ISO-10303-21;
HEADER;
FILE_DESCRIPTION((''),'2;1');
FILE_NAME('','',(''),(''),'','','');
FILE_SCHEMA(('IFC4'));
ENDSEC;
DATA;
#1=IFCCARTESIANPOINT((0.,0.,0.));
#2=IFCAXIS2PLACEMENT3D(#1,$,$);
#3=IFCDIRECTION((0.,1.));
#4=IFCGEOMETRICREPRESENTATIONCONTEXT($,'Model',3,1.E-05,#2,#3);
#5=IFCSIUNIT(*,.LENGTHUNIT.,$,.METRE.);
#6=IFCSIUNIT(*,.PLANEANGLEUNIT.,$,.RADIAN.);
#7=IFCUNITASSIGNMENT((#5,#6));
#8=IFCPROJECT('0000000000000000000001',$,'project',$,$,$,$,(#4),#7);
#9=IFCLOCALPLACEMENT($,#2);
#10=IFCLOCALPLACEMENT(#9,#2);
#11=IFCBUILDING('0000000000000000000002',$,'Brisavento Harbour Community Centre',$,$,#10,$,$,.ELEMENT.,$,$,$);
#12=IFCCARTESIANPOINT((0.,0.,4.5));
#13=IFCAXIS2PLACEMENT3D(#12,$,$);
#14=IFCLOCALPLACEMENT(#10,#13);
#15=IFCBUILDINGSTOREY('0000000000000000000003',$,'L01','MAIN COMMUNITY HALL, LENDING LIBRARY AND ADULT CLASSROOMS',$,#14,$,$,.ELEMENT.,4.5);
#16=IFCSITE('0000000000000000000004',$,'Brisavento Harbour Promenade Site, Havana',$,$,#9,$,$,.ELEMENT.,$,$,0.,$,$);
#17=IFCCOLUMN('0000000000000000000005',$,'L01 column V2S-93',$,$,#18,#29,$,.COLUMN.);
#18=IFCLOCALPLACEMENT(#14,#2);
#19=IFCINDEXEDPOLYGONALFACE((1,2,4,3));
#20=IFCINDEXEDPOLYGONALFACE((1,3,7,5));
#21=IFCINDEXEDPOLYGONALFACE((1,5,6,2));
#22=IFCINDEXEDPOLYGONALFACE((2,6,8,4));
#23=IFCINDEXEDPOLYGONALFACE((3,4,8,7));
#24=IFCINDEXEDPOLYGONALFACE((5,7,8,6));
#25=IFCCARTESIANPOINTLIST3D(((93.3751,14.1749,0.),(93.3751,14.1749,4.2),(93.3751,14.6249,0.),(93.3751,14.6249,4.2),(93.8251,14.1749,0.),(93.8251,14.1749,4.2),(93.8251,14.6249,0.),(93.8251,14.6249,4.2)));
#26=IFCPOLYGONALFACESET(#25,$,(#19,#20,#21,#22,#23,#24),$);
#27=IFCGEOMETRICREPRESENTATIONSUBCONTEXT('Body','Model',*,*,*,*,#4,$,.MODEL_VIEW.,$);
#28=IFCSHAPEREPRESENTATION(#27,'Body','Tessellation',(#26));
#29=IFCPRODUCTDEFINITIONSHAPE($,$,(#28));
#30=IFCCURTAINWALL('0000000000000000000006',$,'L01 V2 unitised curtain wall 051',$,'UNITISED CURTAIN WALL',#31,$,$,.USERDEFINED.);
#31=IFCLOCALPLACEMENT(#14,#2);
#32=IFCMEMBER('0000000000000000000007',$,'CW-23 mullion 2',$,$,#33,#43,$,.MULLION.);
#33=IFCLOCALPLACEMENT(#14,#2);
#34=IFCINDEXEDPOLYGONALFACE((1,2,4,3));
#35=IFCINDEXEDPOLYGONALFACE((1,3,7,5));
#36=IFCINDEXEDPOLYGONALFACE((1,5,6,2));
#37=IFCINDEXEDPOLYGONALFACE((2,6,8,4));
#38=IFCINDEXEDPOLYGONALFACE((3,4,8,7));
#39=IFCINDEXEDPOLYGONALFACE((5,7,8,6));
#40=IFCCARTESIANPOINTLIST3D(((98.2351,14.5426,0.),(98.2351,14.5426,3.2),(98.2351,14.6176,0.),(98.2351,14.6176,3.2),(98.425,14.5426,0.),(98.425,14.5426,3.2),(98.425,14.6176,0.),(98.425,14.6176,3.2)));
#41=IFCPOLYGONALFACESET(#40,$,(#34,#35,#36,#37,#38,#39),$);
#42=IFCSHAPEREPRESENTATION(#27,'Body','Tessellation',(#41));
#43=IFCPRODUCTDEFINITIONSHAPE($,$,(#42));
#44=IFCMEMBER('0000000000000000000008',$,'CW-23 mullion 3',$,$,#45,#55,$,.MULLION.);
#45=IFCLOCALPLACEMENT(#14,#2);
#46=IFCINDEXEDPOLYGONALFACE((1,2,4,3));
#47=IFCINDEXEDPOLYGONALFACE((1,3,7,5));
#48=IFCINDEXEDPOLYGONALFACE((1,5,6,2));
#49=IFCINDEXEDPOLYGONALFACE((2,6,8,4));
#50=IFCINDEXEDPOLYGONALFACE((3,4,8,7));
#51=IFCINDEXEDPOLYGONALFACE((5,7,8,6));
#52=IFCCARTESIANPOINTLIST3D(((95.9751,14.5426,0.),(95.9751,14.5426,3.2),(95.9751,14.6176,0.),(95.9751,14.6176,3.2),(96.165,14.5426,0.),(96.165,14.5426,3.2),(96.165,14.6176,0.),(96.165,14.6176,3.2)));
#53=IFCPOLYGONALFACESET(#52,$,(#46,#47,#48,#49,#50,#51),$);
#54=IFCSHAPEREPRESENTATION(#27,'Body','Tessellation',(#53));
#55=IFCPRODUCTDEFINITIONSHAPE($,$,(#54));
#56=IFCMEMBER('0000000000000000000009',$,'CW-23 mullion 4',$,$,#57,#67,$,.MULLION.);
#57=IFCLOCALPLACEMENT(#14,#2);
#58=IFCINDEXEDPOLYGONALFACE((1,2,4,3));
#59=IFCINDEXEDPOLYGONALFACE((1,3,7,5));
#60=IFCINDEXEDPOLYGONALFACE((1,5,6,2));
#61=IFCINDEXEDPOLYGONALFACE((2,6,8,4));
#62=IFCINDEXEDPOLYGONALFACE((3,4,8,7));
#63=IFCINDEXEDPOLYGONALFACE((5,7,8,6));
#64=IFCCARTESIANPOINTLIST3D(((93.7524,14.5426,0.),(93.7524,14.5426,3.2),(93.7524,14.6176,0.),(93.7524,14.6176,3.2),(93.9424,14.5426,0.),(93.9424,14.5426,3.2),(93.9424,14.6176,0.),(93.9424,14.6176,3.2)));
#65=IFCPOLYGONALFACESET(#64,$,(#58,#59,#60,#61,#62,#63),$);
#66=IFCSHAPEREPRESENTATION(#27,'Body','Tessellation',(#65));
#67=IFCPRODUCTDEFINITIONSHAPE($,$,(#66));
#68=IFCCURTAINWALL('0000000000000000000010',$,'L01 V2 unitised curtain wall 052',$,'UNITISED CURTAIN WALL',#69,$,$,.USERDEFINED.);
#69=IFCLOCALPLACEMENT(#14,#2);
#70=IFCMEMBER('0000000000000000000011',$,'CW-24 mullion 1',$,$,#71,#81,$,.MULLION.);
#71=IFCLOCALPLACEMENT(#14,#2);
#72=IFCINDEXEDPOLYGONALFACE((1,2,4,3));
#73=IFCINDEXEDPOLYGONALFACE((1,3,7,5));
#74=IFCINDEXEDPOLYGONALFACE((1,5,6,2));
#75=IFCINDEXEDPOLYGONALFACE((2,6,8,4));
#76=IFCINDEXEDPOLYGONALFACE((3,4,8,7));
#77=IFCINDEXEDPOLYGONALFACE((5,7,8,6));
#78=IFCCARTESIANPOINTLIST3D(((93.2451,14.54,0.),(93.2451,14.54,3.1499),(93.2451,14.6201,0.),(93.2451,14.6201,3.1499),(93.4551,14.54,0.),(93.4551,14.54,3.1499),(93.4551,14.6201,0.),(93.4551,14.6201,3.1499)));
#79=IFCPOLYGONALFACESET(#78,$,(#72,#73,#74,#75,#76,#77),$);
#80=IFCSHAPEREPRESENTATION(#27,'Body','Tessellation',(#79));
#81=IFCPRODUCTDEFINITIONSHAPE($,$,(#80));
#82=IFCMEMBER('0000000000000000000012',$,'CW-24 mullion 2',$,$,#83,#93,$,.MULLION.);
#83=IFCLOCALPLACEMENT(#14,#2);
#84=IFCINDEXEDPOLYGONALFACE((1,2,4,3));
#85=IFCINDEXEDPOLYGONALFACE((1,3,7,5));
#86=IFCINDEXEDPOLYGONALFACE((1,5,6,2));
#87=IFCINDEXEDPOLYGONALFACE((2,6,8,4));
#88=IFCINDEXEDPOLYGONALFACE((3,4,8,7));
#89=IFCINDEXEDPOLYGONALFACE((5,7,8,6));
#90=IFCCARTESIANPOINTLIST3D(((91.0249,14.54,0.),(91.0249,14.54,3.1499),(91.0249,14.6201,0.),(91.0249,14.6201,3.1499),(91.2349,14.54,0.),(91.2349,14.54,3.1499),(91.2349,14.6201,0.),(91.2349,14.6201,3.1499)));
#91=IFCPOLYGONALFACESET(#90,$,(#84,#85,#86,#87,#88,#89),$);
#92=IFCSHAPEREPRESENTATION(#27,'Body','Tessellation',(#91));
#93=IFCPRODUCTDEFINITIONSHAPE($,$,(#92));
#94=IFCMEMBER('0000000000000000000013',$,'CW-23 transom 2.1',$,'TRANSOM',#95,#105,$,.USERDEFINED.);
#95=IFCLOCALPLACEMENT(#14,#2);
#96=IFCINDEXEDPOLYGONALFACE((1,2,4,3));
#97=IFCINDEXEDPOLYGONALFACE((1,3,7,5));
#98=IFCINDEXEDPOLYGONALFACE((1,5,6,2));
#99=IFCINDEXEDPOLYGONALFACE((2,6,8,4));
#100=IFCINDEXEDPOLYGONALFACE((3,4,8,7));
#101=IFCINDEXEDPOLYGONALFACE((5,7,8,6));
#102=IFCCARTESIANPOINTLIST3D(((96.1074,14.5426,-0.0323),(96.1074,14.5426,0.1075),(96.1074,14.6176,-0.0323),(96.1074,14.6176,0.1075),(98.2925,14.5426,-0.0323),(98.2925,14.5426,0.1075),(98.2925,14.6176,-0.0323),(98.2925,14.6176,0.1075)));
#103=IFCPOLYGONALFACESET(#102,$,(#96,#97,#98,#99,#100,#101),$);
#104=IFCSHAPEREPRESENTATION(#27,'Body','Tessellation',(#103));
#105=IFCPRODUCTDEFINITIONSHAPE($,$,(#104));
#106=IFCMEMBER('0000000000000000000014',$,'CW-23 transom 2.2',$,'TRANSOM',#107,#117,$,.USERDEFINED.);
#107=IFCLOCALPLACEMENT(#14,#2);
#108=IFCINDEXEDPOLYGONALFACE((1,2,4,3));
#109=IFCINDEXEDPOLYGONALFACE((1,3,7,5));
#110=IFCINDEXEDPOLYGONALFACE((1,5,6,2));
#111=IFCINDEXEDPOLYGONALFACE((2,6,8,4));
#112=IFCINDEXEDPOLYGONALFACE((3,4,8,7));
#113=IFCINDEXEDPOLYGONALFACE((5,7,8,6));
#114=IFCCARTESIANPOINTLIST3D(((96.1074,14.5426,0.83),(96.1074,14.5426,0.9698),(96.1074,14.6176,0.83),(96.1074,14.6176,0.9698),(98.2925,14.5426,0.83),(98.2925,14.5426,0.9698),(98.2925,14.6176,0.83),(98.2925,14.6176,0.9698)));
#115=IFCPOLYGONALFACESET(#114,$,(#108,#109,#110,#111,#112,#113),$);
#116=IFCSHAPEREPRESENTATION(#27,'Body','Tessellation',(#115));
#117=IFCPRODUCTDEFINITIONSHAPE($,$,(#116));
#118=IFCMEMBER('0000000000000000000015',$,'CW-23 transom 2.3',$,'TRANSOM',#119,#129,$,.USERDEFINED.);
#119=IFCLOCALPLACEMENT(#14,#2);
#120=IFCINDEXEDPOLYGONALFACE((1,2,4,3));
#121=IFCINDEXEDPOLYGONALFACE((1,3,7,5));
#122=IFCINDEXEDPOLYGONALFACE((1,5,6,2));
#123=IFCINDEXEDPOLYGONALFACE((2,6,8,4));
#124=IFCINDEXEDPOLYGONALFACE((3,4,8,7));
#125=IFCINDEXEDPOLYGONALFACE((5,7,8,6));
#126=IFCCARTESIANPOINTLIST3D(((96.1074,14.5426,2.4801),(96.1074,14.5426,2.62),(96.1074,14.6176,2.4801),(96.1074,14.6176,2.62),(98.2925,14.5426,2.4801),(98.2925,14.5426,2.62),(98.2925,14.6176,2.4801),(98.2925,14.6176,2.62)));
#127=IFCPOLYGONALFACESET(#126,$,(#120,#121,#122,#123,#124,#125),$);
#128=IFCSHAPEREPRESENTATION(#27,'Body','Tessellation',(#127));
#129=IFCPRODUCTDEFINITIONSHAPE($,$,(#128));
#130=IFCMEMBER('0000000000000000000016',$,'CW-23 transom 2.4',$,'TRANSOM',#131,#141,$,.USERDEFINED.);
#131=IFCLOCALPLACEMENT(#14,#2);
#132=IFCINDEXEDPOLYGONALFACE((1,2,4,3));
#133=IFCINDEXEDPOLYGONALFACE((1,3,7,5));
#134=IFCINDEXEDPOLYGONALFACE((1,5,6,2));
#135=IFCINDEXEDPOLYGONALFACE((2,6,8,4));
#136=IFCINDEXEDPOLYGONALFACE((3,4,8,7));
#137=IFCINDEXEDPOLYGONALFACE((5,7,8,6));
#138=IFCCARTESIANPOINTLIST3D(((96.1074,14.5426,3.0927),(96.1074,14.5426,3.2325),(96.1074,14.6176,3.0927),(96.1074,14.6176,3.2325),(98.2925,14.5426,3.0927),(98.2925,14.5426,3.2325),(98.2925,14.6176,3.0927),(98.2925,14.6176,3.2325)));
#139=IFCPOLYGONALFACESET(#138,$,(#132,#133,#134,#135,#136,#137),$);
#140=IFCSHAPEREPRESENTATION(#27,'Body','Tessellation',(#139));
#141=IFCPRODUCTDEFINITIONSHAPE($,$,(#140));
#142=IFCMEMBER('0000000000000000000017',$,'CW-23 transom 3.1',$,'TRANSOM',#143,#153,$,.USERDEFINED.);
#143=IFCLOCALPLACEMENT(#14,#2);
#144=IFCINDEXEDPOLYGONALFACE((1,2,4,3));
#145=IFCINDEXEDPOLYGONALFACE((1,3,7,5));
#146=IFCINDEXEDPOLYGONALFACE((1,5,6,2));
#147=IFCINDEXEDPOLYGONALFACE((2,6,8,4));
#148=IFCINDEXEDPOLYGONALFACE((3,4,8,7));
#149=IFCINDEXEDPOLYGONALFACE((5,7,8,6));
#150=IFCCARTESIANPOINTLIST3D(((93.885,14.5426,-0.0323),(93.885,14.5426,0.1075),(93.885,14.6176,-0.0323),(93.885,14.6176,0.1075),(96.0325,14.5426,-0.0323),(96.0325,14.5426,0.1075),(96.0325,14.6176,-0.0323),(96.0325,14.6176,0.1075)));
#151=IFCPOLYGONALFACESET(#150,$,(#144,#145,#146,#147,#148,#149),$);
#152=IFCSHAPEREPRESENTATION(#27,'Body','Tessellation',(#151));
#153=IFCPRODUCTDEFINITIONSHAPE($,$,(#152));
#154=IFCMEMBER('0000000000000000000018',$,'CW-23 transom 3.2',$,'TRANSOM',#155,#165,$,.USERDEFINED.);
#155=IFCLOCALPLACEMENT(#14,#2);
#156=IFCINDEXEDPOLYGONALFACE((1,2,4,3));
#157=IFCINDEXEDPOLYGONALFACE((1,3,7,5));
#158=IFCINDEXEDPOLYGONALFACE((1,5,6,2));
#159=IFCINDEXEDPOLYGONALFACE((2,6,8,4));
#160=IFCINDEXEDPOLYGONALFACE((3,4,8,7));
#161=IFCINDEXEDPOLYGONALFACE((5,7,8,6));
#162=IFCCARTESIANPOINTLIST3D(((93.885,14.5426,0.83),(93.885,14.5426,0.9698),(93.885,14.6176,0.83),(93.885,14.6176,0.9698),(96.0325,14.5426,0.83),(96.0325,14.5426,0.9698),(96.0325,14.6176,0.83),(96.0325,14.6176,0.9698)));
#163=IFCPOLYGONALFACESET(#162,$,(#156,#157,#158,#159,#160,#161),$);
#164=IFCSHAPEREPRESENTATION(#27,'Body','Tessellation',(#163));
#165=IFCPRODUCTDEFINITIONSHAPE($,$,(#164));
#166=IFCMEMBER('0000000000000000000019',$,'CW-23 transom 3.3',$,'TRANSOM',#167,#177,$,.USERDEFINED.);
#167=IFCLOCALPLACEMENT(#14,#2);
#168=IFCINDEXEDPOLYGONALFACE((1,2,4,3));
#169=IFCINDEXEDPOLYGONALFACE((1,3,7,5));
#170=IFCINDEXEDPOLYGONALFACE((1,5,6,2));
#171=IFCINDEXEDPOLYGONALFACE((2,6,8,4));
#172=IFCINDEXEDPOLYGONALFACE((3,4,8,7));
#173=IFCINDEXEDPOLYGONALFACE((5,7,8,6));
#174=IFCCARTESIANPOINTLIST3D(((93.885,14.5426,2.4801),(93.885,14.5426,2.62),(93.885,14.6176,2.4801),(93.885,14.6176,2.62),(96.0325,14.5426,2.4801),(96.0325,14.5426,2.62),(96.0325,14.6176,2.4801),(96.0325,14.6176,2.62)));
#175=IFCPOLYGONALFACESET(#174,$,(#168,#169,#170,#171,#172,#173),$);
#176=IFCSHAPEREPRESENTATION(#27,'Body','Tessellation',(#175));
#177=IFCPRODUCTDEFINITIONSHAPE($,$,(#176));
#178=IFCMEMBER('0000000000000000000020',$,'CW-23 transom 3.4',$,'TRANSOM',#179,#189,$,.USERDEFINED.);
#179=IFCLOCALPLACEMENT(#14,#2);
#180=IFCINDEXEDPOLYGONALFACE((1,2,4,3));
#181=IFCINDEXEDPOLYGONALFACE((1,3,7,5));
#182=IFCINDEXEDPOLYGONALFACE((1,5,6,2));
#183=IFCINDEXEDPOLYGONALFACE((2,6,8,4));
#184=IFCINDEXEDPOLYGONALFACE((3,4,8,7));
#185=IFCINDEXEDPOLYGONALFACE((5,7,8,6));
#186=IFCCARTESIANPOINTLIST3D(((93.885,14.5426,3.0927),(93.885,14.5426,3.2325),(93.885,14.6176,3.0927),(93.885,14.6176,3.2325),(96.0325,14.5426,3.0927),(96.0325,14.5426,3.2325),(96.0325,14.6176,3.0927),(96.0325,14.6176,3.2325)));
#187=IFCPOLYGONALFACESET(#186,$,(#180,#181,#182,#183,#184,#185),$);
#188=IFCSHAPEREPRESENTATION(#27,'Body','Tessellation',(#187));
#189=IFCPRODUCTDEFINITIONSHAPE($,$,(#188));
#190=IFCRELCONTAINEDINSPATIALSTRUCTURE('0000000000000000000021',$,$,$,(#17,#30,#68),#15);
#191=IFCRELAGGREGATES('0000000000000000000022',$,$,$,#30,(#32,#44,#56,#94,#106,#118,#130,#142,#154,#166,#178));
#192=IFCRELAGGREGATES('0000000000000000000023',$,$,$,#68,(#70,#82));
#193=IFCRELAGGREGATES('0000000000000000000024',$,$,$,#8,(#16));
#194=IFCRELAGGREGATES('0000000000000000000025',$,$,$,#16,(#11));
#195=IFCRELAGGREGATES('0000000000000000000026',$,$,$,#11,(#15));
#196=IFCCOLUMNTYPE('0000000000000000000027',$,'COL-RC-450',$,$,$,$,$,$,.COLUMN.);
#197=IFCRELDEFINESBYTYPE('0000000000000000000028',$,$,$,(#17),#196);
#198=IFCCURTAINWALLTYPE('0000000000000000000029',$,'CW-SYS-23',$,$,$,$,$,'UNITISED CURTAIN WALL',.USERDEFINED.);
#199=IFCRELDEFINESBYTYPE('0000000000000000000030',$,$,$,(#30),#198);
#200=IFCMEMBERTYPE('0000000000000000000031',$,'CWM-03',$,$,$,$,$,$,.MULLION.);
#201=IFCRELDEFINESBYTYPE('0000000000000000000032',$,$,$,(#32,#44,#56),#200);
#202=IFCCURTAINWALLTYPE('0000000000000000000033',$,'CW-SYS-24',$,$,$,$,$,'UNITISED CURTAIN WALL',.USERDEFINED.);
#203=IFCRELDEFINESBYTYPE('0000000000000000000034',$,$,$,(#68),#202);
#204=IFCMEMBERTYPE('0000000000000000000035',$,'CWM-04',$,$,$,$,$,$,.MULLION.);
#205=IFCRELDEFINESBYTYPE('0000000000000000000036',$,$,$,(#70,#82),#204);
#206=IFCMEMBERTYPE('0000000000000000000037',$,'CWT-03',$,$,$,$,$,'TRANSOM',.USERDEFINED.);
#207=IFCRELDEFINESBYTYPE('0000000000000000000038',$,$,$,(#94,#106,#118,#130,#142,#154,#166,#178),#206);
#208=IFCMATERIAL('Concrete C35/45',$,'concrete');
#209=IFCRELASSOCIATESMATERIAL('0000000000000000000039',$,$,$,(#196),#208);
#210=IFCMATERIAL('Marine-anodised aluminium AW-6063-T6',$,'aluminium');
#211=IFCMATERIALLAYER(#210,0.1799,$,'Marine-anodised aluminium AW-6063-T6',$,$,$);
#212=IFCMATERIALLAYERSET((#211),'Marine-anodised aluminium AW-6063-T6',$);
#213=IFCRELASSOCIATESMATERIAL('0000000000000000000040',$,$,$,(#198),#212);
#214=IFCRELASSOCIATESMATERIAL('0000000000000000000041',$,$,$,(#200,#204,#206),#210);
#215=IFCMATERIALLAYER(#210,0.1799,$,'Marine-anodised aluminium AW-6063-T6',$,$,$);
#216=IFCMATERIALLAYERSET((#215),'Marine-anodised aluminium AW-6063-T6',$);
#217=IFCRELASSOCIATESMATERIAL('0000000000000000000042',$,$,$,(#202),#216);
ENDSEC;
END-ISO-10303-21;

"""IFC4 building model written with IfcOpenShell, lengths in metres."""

from ifc_helpers import new_model, si_unit, direction, frame, origin, origin_2d, place, context, subcontext, project, spatial, rectangle, extrude, material, layer, layer_set, material_profile, profile_set, type_object, element, aggregate, save


model = new_model("IFC4")

# Units and contexts
model_context = context("Model", 3, precision=1e-05, world=origin(), true_north=direction((0.0, 1.0)))
body_context = subcontext(model_context, "Body", "Model", "MODEL_VIEW")
ifc_project = project(units=[si_unit("LENGTHUNIT", "METRE"), si_unit("PLANEANGLEUNIT", "RADIAN")], contexts=[model_context])

# Site, building, storey
site_placement = place(None, origin())
site = spatial("IfcSite", under=ifc_project, at=site_placement, Name="Brisavento Harbour Promenade Site, Havana", CompositionType="ELEMENT", RefElevation=0.0)
building_placement = place(site_placement, origin())
building = spatial("IfcBuilding", under=site, at=building_placement, Name="Brisavento Harbour Community Centre", CompositionType="ELEMENT")
storey_placement = place(building_placement, frame((0.0, 0.0, 4.5)))
storey = spatial("IfcBuildingStorey", under=building, at=storey_placement, Name="L01", Description="MAIN COMMUNITY HALL, LENDING LIBRARY AND ADULT CLASSROOMS", CompositionType="ELEMENT", Elevation=4.5)

# Column
ifc_material_1 = material(Name="Concrete C35/45", Category="concrete")
ifc_material_profile_1 = material_profile(ifc_material_1, rectangle(XDim=0.45, YDim=0.45, at=origin_2d()), Name="Concrete C35/45")
ifc_profile_set_1 = profile_set([ifc_material_profile_1], Name="Concrete C35/45")
column_type = type_object("IfcColumnType", Name="COL-RC-450", PredefinedType="COLUMN", material=ifc_profile_set_1)
column_placement = place(storey_placement, frame((93.6001, 14.3999, 0.0), z_axis=(0.0, 0.0, 1.0), x_axis=(1.0, 0.0, 0.0)))
element("IfcColumn", 1, at=column_placement, inside=storey, type_object=column_type, Name="L01 column V2S-93", PredefinedType="COLUMN", context=body_context, shape_type="SweptSolid", body=[
    extrude(rectangle(XDim=0.45, YDim=0.45, at=origin_2d()), origin(), (0.0, 0.0, 1.0), 4.2),
])

# Curtain walls, members
ifc_material_2 = material(Name="Marine-anodised aluminium AW-6063-T6", Category="aluminium")
ifc_layer_1 = layer(ifc_material_2, 0.1799, Name="Marine-anodised aluminium AW-6063-T6")
ifc_layer_set_1 = layer_set([ifc_layer_1], Name="Marine-anodised aluminium AW-6063-T6")
curtain_wall_type_1 = type_object("IfcCurtainWallType", Name="CW-SYS-23", ElementType="UNITISED CURTAIN WALL", PredefinedType="USERDEFINED", material=ifc_layer_set_1)
curtain_wall_1_placement = place(storey_placement, origin())
curtain_wall_1 = element("IfcCurtainWall", 2, at=curtain_wall_1_placement, inside=storey, type_object=curtain_wall_type_1, Name="L01 V2 unitised curtain wall 051", ObjectType="UNITISED CURTAIN WALL", PredefinedType="USERDEFINED")
ifc_material_profile_2 = material_profile(ifc_material_2, rectangle(XDim=0.075, YDim=0.1899, at=origin_2d()), Name="Marine-anodised aluminium AW-6063-T6")
ifc_profile_set_2 = profile_set([ifc_material_profile_2], Name="Marine-anodised aluminium AW-6063-T6")
member_type_1 = type_object("IfcMemberType", Name="CWM-03", PredefinedType="MULLION", material=ifc_profile_set_2)
member_1_placement = place(storey_placement, frame((98.3301, 14.5801, 0.0), z_axis=(0.0, 0.0, 1.0), x_axis=(0.0, -1.0, 0.0)))
member_1 = element("IfcMember", 3, at=member_1_placement, type_object=member_type_1, Name="CW-23 mullion 2", PredefinedType="MULLION", context=body_context, shape_type="SweptSolid", body=[
    extrude(rectangle(XDim=0.075, YDim=0.1899, at=origin_2d()), origin(), (0.0, 0.0, 1.0), 3.2),
])
member_2_placement = place(storey_placement, frame((96.0701, 14.5801, 0.0), z_axis=(0.0, 0.0, 1.0), x_axis=(0.0, -1.0, 0.0)))
member_2 = element("IfcMember", 4, at=member_2_placement, type_object=member_type_1, Name="CW-23 mullion 3", PredefinedType="MULLION", context=body_context, shape_type="SweptSolid", body=[
    extrude(rectangle(XDim=0.075, YDim=0.1899, at=origin_2d()), origin(), (0.0, 0.0, 1.0), 3.2),
])
member_3_placement = place(storey_placement, frame((93.8474, 14.5801, 0.0), z_axis=(0.0, 0.0, 1.0), x_axis=(0.0, -1.0, 0.0)))
member_3 = element("IfcMember", 5, at=member_3_placement, type_object=member_type_1, Name="CW-23 mullion 4", PredefinedType="MULLION", context=body_context, shape_type="SweptSolid", body=[
    extrude(rectangle(XDim=0.075, YDim=0.1899, at=origin_2d()), origin(), (0.0, 0.0, 1.0), 3.2),
])
ifc_layer_2 = layer(ifc_material_2, 0.1799, Name="Marine-anodised aluminium AW-6063-T6")
ifc_layer_set_2 = layer_set([ifc_layer_2], Name="Marine-anodised aluminium AW-6063-T6")
curtain_wall_type_2 = type_object("IfcCurtainWallType", Name="CW-SYS-24", ElementType="UNITISED CURTAIN WALL", PredefinedType="USERDEFINED", material=ifc_layer_set_2)
curtain_wall_2_placement = place(storey_placement, origin())
curtain_wall_2 = element("IfcCurtainWall", 6, at=curtain_wall_2_placement, inside=storey, type_object=curtain_wall_type_2, Name="L01 V2 unitised curtain wall 052", ObjectType="UNITISED CURTAIN WALL", PredefinedType="USERDEFINED")
ifc_material_profile_3 = material_profile(ifc_material_2, rectangle(XDim=0.0801, YDim=0.21, at=origin_2d()), Name="Marine-anodised aluminium AW-6063-T6")
ifc_profile_set_3 = profile_set([ifc_material_profile_3], Name="Marine-anodised aluminium AW-6063-T6")
member_type_2 = type_object("IfcMemberType", Name="CWM-04", PredefinedType="MULLION", material=ifc_profile_set_3)
member_4_placement = place(storey_placement, frame((93.3501, 14.5801, 0.0), z_axis=(0.0, 0.0, 1.0), x_axis=(0.0, -1.0, 0.0)))
member_4 = element("IfcMember", 7, at=member_4_placement, type_object=member_type_2, Name="CW-24 mullion 1", PredefinedType="MULLION", context=body_context, shape_type="SweptSolid", body=[
    extrude(rectangle(XDim=0.0801, YDim=0.21, at=origin_2d()), origin(), (0.0, 0.0, 1.0), 3.1499),
])
member_5_placement = place(storey_placement, frame((91.1299, 14.5801, 0.0), z_axis=(0.0, 0.0, 1.0), x_axis=(0.0, -1.0, 0.0)))
member_5 = element("IfcMember", 8, at=member_5_placement, type_object=member_type_2, Name="CW-24 mullion 2", PredefinedType="MULLION", context=body_context, shape_type="SweptSolid", body=[
    extrude(rectangle(XDim=0.0801, YDim=0.21, at=origin_2d()), origin(), (0.0, 0.0, 1.0), 3.1499),
])

# Members
ifc_material_profile_4 = material_profile(ifc_material_2, rectangle(XDim=0.075, YDim=0.1399, at=origin_2d()), Name="Marine-anodised aluminium AW-6063-T6")
ifc_profile_set_4 = profile_set([ifc_material_profile_4], Name="Marine-anodised aluminium AW-6063-T6")
member_type_3 = type_object("IfcMemberType", Name="CWT-03", ElementType="TRANSOM", PredefinedType="USERDEFINED", material=ifc_profile_set_4)
member_6_placement = place(storey_placement, frame((98.2925, 14.5801, 0.0376), z_axis=(-1.0, 0.0, 0.0), x_axis=(0.0, -1.0, 0.0)))
member_6 = element("IfcMember", 9, at=member_6_placement, type_object=member_type_3, Name="CW-23 transom 2.1", ObjectType="TRANSOM", PredefinedType="USERDEFINED", context=body_context, shape_type="SweptSolid", body=[
    extrude(rectangle(XDim=0.075, YDim=0.1399, at=origin_2d()), origin(), (0.0, 0.0, 1.0), 2.1851),
])
member_7_placement = place(storey_placement, frame((98.2925, 14.5801, 0.8999), z_axis=(-1.0, 0.0, 0.0), x_axis=(0.0, -1.0, 0.0)))
member_7 = element("IfcMember", 10, at=member_7_placement, type_object=member_type_3, Name="CW-23 transom 2.2", ObjectType="TRANSOM", PredefinedType="USERDEFINED", context=body_context, shape_type="SweptSolid", body=[
    extrude(rectangle(XDim=0.075, YDim=0.1399, at=origin_2d()), origin(), (0.0, 0.0, 1.0), 2.1851),
])
member_8_placement = place(storey_placement, frame((98.2925, 14.5801, 2.55), z_axis=(-1.0, 0.0, 0.0), x_axis=(0.0, -1.0, 0.0)))
member_8 = element("IfcMember", 11, at=member_8_placement, type_object=member_type_3, Name="CW-23 transom 2.3", ObjectType="TRANSOM", PredefinedType="USERDEFINED", context=body_context, shape_type="SweptSolid", body=[
    extrude(rectangle(XDim=0.075, YDim=0.1399, at=origin_2d()), origin(), (0.0, 0.0, 1.0), 2.1851),
])
member_9_placement = place(storey_placement, frame((98.2925, 14.5801, 3.1626), z_axis=(-1.0, 0.0, 0.0), x_axis=(0.0, -1.0, 0.0)))
member_9 = element("IfcMember", 12, at=member_9_placement, type_object=member_type_3, Name="CW-23 transom 2.4", ObjectType="TRANSOM", PredefinedType="USERDEFINED", context=body_context, shape_type="SweptSolid", body=[
    extrude(rectangle(XDim=0.075, YDim=0.1399, at=origin_2d()), origin(), (0.0, 0.0, 1.0), 2.1851),
])
member_10_placement = place(storey_placement, frame((96.0325, 14.5801, 0.0376), z_axis=(-1.0, 0.0, 0.0), x_axis=(0.0, -1.0, 0.0)))
member_10 = element("IfcMember", 13, at=member_10_placement, type_object=member_type_3, Name="CW-23 transom 3.1", ObjectType="TRANSOM", PredefinedType="USERDEFINED", context=body_context, shape_type="SweptSolid", body=[
    extrude(rectangle(XDim=0.075, YDim=0.1399, at=origin_2d()), origin(), (0.0, 0.0, 1.0), 2.1475),
])
member_11_placement = place(storey_placement, frame((96.0325, 14.5801, 0.8999), z_axis=(-1.0, 0.0, 0.0), x_axis=(0.0, -1.0, 0.0)))
member_11 = element("IfcMember", 14, at=member_11_placement, type_object=member_type_3, Name="CW-23 transom 3.2", ObjectType="TRANSOM", PredefinedType="USERDEFINED", context=body_context, shape_type="SweptSolid", body=[
    extrude(rectangle(XDim=0.075, YDim=0.1399, at=origin_2d()), origin(), (0.0, 0.0, 1.0), 2.1475),
])
member_12_placement = place(storey_placement, frame((96.0325, 14.5801, 2.55), z_axis=(-1.0, 0.0, 0.0), x_axis=(0.0, -1.0, 0.0)))
member_12 = element("IfcMember", 15, at=member_12_placement, type_object=member_type_3, Name="CW-23 transom 3.3", ObjectType="TRANSOM", PredefinedType="USERDEFINED", context=body_context, shape_type="SweptSolid", body=[
    extrude(rectangle(XDim=0.075, YDim=0.1399, at=origin_2d()), origin(), (0.0, 0.0, 1.0), 2.1475),
])
member_13_placement = place(storey_placement, frame((96.0325, 14.5801, 3.1626), z_axis=(-1.0, 0.0, 0.0), x_axis=(0.0, -1.0, 0.0)))
member_13 = element("IfcMember", 16, at=member_13_placement, type_object=member_type_3, Name="CW-23 transom 3.4", ObjectType="TRANSOM", PredefinedType="USERDEFINED", context=body_context, shape_type="SweptSolid", body=[
    extrude(rectangle(XDim=0.075, YDim=0.1399, at=origin_2d()), origin(), (0.0, 0.0, 1.0), 2.1475),
])

aggregate(curtain_wall_1, [member_1, member_2, member_3, member_6, member_7, member_8, member_9, member_10, member_11, member_12, member_13])
aggregate(curtain_wall_2, [member_4, member_5])

save(model, "model.ifc")
